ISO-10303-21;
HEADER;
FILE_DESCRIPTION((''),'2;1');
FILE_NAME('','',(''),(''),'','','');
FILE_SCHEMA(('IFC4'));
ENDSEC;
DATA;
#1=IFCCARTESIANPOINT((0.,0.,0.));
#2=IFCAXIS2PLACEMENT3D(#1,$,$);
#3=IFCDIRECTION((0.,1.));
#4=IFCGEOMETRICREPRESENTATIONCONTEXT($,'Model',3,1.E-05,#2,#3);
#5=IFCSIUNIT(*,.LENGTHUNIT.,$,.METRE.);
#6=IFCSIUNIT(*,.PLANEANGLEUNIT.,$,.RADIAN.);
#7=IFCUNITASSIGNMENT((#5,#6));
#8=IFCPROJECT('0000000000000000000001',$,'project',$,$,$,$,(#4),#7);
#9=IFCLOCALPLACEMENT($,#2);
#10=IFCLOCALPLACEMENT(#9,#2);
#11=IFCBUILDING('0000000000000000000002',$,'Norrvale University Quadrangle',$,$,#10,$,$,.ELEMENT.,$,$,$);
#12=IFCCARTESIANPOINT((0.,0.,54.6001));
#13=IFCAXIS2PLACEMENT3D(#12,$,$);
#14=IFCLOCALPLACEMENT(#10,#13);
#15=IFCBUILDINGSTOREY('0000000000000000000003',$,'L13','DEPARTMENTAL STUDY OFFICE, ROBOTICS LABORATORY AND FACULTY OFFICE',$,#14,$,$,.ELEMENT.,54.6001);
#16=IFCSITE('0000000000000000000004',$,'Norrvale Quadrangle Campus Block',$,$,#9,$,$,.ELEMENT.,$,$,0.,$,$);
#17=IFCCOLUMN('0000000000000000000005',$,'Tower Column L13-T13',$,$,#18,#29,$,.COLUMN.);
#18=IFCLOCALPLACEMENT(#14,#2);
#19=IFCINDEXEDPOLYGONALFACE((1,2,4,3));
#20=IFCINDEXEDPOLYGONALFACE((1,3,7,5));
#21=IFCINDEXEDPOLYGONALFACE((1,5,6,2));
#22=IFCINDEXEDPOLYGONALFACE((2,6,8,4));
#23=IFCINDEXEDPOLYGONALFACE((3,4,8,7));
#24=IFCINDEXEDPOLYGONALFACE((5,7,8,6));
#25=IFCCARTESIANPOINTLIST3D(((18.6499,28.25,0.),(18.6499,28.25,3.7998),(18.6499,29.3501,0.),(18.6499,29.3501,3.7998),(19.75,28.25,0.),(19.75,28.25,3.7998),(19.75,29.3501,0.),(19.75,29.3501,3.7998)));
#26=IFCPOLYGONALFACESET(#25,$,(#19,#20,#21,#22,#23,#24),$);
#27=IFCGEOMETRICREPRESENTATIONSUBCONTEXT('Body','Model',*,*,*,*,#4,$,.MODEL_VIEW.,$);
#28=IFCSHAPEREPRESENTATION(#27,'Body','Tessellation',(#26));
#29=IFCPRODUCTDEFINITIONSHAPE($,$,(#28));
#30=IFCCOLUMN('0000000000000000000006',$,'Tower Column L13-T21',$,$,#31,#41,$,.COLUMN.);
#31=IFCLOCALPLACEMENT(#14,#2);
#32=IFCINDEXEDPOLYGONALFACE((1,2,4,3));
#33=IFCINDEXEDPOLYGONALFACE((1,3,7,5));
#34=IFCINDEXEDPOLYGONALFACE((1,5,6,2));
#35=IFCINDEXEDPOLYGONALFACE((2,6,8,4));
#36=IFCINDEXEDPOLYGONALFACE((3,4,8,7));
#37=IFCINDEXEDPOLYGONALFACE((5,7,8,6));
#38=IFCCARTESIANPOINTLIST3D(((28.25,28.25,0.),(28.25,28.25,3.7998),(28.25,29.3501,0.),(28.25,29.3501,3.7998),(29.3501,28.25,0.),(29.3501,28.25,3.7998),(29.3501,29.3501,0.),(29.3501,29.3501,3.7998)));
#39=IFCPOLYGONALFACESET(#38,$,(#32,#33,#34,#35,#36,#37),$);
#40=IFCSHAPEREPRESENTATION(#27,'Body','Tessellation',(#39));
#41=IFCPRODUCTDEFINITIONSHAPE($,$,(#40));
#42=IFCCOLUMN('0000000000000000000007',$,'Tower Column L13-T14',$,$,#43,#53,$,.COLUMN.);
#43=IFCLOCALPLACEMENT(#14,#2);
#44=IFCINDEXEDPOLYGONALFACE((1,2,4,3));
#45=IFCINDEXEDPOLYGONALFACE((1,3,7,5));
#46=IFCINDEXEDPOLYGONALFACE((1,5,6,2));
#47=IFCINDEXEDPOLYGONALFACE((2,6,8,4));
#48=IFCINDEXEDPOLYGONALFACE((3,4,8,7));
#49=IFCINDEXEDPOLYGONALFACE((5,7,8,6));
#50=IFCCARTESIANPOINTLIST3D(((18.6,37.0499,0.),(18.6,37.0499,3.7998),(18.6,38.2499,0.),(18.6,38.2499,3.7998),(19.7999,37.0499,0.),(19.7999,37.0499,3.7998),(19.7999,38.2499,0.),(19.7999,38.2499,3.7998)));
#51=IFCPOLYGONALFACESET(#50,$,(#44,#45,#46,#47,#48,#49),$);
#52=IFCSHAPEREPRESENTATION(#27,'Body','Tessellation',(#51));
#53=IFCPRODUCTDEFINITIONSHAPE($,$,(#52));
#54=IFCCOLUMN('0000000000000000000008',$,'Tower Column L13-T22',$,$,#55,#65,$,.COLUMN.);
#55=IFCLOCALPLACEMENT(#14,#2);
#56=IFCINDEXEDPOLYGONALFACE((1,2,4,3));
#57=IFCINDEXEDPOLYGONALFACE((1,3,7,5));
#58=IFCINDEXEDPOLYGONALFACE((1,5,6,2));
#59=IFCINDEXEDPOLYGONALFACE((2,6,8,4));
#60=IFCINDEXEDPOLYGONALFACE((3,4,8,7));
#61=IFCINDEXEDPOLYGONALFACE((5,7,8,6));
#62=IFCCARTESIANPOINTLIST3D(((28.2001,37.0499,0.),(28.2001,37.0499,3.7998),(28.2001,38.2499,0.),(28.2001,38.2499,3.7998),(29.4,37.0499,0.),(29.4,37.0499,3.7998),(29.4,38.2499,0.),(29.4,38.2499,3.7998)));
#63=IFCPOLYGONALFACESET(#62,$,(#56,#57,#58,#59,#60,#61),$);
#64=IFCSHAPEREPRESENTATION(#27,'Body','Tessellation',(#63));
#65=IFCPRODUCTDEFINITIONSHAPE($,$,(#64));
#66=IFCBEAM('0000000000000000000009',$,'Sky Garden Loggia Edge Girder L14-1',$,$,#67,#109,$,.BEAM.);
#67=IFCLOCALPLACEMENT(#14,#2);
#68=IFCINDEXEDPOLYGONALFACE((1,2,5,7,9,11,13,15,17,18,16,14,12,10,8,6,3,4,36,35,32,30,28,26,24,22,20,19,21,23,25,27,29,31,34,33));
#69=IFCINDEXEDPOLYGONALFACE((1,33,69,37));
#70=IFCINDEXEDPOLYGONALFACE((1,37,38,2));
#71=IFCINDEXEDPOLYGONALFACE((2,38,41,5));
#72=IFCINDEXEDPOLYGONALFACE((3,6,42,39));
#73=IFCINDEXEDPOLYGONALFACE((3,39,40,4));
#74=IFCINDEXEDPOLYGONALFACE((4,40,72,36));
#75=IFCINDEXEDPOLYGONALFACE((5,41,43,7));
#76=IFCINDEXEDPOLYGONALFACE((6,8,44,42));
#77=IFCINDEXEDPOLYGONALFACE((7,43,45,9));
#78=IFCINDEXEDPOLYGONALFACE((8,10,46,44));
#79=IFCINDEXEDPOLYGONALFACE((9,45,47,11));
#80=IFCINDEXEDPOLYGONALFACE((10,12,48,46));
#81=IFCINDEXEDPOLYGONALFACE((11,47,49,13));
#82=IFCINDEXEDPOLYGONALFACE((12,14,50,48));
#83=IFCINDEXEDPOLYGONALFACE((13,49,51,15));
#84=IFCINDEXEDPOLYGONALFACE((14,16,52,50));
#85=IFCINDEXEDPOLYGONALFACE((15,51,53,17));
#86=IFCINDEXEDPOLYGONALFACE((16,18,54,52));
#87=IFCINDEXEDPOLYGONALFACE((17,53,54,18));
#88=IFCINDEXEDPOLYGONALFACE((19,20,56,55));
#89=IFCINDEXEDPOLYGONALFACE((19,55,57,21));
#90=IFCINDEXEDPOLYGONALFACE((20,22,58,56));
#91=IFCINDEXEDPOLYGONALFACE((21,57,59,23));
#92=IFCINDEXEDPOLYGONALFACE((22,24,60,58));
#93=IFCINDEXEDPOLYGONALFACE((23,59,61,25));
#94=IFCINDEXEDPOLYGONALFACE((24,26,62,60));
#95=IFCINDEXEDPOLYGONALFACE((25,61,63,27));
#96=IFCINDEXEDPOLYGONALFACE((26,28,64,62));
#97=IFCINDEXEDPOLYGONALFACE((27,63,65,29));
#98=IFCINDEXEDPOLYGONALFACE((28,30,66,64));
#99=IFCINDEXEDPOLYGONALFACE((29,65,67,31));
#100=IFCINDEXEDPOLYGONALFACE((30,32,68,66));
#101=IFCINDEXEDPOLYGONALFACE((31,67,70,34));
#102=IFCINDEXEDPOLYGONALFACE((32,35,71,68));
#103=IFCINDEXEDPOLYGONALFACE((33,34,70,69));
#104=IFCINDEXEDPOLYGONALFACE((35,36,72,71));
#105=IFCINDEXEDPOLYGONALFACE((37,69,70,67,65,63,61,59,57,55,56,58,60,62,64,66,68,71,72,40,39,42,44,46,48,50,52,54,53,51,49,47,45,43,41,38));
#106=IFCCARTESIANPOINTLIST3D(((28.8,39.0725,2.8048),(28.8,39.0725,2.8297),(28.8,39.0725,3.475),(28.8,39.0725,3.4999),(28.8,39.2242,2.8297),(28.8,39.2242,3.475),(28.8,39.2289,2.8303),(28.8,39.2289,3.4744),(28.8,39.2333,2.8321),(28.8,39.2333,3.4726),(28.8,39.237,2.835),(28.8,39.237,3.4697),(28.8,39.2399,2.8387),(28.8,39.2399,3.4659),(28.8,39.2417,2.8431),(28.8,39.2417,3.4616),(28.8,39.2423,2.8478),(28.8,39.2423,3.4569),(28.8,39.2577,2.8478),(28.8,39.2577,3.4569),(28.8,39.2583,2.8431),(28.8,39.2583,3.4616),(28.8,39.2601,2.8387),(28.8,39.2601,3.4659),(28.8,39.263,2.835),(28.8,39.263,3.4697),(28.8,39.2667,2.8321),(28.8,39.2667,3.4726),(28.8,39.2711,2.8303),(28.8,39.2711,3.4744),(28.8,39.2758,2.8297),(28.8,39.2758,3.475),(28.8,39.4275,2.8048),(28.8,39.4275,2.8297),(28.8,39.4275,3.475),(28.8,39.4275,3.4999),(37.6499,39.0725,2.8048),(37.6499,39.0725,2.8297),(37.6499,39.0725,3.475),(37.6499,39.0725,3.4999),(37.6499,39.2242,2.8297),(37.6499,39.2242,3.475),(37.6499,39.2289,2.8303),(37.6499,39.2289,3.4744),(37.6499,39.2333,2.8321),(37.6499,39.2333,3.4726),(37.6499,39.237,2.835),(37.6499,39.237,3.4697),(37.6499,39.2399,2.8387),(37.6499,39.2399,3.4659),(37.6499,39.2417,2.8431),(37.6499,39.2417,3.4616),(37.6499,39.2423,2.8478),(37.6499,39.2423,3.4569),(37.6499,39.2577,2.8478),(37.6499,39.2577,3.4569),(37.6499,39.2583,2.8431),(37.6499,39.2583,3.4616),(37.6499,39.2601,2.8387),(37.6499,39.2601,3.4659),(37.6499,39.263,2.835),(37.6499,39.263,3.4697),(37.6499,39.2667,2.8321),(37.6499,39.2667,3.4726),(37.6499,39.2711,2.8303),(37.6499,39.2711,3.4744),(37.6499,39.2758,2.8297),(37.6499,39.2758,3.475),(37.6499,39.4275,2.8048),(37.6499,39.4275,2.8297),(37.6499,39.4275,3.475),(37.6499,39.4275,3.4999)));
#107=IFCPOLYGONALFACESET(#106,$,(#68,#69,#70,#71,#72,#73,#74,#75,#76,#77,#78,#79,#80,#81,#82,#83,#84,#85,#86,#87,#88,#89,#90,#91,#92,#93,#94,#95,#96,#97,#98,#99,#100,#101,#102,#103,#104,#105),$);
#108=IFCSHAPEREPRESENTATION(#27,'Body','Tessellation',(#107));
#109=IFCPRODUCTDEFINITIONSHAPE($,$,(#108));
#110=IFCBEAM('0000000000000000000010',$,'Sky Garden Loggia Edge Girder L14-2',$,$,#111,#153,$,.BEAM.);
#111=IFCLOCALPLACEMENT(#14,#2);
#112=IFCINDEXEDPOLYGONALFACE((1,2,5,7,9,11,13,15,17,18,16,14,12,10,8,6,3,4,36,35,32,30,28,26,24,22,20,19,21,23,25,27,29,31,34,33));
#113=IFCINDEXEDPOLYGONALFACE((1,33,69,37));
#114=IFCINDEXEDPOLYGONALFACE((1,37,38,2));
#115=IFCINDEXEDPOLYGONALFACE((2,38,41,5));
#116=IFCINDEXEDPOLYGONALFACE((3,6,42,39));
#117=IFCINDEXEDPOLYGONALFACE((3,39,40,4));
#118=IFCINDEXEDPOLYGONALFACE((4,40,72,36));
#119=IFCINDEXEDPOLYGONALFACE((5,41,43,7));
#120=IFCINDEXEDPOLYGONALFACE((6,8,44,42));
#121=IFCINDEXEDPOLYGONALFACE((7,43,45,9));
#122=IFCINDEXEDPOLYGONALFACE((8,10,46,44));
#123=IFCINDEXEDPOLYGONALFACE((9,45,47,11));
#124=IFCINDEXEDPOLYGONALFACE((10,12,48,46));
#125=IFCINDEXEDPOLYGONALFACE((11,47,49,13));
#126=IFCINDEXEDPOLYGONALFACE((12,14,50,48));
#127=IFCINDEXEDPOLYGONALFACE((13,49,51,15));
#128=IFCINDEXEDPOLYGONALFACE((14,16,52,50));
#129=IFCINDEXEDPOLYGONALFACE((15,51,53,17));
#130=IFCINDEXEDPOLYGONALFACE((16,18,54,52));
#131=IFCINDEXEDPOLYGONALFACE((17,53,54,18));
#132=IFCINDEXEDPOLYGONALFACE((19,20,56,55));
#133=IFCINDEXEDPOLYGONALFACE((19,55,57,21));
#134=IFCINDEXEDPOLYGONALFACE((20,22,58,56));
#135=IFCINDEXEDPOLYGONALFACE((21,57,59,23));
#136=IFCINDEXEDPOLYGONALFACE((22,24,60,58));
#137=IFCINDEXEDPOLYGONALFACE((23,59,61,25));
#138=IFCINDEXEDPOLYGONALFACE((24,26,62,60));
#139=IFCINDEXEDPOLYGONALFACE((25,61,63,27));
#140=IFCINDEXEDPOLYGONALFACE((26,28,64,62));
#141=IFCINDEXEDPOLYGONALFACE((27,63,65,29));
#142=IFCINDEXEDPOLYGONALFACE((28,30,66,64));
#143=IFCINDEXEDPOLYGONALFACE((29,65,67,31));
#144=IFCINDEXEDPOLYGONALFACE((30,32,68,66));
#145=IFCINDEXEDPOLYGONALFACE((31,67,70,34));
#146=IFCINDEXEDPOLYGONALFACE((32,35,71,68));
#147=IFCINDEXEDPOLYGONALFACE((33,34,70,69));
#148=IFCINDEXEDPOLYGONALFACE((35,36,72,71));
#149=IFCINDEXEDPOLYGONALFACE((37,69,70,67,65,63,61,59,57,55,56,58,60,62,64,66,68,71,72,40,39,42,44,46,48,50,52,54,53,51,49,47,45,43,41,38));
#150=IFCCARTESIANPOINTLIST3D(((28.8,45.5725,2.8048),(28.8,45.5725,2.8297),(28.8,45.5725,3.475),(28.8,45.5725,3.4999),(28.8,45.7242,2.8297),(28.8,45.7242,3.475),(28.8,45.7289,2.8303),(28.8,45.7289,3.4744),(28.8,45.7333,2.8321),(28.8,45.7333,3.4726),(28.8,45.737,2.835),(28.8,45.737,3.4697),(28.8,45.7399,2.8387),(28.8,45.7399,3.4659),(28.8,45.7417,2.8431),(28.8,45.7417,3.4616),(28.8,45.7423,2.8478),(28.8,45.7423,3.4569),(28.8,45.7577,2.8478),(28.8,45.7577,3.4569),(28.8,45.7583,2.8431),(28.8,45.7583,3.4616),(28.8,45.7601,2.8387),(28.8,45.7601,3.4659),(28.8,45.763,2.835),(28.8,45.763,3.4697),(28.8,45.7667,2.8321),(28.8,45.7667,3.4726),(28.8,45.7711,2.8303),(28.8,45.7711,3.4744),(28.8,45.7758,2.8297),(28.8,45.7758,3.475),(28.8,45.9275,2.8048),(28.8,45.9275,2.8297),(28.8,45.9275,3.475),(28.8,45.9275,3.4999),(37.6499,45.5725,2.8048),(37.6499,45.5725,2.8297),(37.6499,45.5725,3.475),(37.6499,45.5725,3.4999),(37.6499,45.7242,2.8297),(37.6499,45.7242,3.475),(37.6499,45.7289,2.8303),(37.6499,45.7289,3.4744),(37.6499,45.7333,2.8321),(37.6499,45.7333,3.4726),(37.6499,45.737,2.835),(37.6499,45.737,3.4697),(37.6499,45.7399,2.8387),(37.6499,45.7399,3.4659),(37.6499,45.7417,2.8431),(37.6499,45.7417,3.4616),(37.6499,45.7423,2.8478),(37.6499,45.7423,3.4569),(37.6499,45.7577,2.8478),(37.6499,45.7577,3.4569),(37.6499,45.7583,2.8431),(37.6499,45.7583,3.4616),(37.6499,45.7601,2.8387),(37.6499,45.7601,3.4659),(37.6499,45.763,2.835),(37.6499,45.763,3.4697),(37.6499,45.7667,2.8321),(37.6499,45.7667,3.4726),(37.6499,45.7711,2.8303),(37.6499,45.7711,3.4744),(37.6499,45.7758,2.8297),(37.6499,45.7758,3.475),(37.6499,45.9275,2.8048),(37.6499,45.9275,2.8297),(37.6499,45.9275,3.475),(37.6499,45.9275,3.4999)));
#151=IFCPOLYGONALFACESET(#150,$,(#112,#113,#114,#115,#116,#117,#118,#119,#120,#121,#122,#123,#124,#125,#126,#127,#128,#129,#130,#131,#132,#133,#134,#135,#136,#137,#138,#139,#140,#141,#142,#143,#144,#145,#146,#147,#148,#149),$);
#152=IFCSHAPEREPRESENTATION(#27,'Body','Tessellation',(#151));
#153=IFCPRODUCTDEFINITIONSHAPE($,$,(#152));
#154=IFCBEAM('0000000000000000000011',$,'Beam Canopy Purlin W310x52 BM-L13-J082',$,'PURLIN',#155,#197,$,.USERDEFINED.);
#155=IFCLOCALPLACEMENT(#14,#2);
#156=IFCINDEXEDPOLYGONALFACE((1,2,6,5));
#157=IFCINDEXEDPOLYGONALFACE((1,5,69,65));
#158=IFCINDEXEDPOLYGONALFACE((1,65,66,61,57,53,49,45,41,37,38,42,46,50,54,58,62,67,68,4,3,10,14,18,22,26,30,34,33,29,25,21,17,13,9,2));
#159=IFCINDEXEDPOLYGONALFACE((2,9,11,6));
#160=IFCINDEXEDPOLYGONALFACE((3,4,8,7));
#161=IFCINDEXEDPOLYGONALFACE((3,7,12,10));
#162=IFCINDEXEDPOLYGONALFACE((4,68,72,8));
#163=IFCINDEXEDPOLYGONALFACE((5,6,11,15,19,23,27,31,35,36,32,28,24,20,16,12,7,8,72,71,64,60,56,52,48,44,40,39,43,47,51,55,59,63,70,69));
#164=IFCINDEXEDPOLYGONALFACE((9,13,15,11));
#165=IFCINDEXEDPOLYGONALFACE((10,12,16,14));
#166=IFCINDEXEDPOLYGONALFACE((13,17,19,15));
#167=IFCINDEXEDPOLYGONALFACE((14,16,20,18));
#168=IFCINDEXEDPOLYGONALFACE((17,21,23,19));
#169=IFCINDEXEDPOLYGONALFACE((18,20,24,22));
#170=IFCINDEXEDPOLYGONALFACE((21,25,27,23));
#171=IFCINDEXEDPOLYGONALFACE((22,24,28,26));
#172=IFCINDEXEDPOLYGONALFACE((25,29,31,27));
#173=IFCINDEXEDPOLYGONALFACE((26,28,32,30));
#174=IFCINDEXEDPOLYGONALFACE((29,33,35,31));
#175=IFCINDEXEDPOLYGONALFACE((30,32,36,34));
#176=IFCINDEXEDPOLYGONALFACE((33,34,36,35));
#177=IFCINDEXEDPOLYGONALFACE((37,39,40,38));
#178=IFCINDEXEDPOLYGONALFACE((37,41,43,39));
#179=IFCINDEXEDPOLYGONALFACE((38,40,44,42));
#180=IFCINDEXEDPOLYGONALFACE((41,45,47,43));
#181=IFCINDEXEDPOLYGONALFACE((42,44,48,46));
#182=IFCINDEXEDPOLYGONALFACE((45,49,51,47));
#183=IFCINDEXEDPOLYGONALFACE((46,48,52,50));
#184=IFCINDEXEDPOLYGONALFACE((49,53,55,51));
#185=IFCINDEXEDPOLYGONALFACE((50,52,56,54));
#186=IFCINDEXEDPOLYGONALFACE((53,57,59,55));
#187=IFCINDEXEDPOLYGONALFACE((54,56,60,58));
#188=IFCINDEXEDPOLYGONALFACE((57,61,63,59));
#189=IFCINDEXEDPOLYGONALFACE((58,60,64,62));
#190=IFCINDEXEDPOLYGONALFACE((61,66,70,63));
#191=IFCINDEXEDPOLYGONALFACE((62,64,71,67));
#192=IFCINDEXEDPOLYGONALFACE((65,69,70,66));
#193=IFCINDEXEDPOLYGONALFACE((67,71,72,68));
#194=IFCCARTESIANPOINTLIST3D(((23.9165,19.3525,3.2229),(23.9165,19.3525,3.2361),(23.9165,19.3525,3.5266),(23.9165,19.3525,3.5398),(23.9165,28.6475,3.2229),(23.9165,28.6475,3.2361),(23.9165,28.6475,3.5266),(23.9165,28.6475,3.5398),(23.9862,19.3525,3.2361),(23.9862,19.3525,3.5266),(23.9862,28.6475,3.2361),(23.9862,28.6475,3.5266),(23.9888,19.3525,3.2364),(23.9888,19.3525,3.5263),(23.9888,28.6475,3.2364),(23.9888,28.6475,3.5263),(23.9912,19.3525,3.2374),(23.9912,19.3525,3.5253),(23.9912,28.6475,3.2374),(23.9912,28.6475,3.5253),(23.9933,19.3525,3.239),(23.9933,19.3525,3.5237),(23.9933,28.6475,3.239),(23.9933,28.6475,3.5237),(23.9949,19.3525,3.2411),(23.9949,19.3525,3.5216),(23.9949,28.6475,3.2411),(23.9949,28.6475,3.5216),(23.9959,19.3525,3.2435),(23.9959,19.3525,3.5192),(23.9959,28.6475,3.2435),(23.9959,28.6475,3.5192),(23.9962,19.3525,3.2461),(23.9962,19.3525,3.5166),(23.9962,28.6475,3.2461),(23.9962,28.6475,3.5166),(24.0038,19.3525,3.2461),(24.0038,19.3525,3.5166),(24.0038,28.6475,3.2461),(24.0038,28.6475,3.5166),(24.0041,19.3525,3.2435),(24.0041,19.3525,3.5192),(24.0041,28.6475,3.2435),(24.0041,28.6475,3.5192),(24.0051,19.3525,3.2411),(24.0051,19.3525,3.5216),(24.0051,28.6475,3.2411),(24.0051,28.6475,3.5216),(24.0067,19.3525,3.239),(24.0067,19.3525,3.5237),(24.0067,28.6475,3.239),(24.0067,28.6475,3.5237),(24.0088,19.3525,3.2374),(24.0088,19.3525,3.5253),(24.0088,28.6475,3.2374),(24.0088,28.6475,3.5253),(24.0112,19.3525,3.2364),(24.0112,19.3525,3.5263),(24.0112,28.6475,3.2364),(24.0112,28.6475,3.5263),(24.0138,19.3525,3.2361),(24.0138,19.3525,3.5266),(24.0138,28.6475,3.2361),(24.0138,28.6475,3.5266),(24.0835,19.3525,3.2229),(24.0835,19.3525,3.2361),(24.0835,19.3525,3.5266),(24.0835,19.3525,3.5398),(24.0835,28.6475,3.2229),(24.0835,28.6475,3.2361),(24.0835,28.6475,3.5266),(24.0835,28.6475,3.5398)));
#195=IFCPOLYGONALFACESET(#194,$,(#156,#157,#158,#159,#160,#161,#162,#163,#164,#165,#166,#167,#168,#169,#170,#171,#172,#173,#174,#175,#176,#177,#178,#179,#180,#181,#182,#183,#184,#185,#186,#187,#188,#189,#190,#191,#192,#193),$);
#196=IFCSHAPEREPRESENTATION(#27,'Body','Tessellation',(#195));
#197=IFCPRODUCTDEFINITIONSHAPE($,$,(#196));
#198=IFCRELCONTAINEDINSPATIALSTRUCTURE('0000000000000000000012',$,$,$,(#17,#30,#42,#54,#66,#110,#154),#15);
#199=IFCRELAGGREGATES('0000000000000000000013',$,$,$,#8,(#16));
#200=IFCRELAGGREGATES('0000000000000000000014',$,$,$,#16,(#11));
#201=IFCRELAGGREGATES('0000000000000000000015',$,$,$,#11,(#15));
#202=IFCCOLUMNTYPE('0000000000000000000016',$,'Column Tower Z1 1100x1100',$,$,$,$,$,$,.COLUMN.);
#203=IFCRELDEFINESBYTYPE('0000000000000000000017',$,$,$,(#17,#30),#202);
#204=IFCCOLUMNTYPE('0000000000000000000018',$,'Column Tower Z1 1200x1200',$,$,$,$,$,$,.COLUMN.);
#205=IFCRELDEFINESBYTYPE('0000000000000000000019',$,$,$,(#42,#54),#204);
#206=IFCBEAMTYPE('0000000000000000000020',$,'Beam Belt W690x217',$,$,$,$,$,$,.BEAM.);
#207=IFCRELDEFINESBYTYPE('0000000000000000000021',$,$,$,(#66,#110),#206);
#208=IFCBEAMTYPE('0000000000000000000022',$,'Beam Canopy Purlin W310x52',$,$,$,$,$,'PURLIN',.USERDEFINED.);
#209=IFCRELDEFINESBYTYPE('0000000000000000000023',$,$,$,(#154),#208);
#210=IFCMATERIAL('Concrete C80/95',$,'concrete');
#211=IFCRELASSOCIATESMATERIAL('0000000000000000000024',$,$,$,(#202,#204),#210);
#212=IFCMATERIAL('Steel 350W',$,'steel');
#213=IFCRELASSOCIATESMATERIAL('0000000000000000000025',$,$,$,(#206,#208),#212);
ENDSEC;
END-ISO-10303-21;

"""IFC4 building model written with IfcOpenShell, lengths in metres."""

from ifc_helpers import new_model, si_unit, direction, frame, origin, origin_2d, place, context, subcontext, project, spatial, rectangle, i_section, extrude, material, material_profile, profile_set, type_object, element, save


model = new_model("IFC4")

# Units and contexts
model_context = context("Model", 3, precision=1e-05, world=origin(), true_north=direction((0.0, 1.0)))
body_context = subcontext(model_context, "Body", "Model", "MODEL_VIEW")
ifc_project = project(units=[si_unit("LENGTHUNIT", "METRE"), si_unit("PLANEANGLEUNIT", "RADIAN")], contexts=[model_context])

# Site, building, storey
site_placement = place(None, origin())
site = spatial("IfcSite", under=ifc_project, at=site_placement, Name="Norrvale Quadrangle Campus Block", CompositionType="ELEMENT", RefElevation=0.0)
building_placement = place(site_placement, origin())
building = spatial("IfcBuilding", under=site, at=building_placement, Name="Norrvale University Quadrangle", CompositionType="ELEMENT")
storey_placement = place(building_placement, frame((0.0, 0.0, 54.6001)))
storey = spatial("IfcBuildingStorey", under=building, at=storey_placement, Name="L13", Description="DEPARTMENTAL STUDY OFFICE, ROBOTICS LABORATORY AND FACULTY OFFICE", CompositionType="ELEMENT", Elevation=54.6001)

# Columns
ifc_material_1 = material(Name="Concrete C80/95", Category="concrete")
ifc_material_profile_1 = material_profile(ifc_material_1, rectangle(XDim=1.1001, YDim=1.1001, at=origin_2d()), Name="Concrete C80/95")
ifc_profile_set_1 = profile_set([ifc_material_profile_1], Name="Concrete C80/95")
column_type_1 = type_object("IfcColumnType", Name="Column Tower Z1 1100x1100", PredefinedType="COLUMN", material=ifc_profile_set_1)
for number, where, z_axis, x_axis, name in (
    (1, (19.2, 28.8, 0.0), (0.0, 0.0, 1.0), (1.0, 0.0, 0.0), "Tower Column L13-T13"),
    (2, (28.8, 28.8, 0.0), (0.0, 0.0, 1.0), (1.0, 0.0, 0.0), "Tower Column L13-T21"),
):
    element("IfcColumn", number, at=place(storey_placement, frame(where, z_axis=z_axis, x_axis=x_axis)), inside=storey, type_object=column_type_1, Name=name, PredefinedType="COLUMN", context=body_context, shape_type="SweptSolid", body=[
        extrude(rectangle(XDim=1.1001, YDim=1.1001, at=origin_2d()), origin(), (0.0, 0.0, 1.0), 3.7998),
    ])
ifc_material_profile_2 = material_profile(ifc_material_1, rectangle(XDim=1.2, YDim=1.2, at=origin_2d()), Name="Concrete C80/95")
ifc_profile_set_2 = profile_set([ifc_material_profile_2], Name="Concrete C80/95")
column_type_2 = type_object("IfcColumnType", Name="Column Tower Z1 1200x1200", PredefinedType="COLUMN", material=ifc_profile_set_2)
for number, where, z_axis, x_axis, name in (
    (3, (19.2, 37.6499, 0.0), (0.0, 0.0, 1.0), (1.0, 0.0, 0.0), "Tower Column L13-T14"),
    (4, (28.8, 37.6499, 0.0), (0.0, 0.0, 1.0), (1.0, 0.0, 0.0), "Tower Column L13-T22"),
):
    element("IfcColumn", number, at=place(storey_placement, frame(where, z_axis=z_axis, x_axis=x_axis)), inside=storey, type_object=column_type_2, Name=name, PredefinedType="COLUMN", context=body_context, shape_type="SweptSolid", body=[
        extrude(rectangle(XDim=1.2, YDim=1.2, at=origin_2d()), origin(), (0.0, 0.0, 1.0), 3.7998),
    ])

# Beams
ifc_material_2 = material(Name="Steel 350W", Category="steel")
ifc_material_profile_3 = material_profile(ifc_material_2, i_section(OverallWidth=0.355, OverallDepth=0.6951, WebThickness=0.0154, FlangeThickness=0.0249, FilletRadius=0.0181, at=origin_2d()), Name="Steel 350W")
ifc_profile_set_3 = profile_set([ifc_material_profile_3], Name="Steel 350W")
beam_type_1 = type_object("IfcBeamType", Name="Beam Belt W690x217", PredefinedType="BEAM", material=ifc_profile_set_3)
for number, where, z_axis, x_axis, name in (
    (5, (28.8, 39.25, 3.1523), (1.0, 0.0, 0.0), (0.0, 1.0, 0.0), "Sky Garden Loggia Edge Girder L14-1"),
    (6, (28.8, 45.75, 3.1523), (1.0, 0.0, 0.0), (0.0, 1.0, 0.0), "Sky Garden Loggia Edge Girder L14-2"),
):
    element("IfcBeam", number, at=place(storey_placement, frame(where, z_axis=z_axis, x_axis=x_axis)), inside=storey, type_object=beam_type_1, Name=name, PredefinedType="BEAM", context=body_context, shape_type="SweptSolid", body=[
        extrude(i_section(OverallWidth=0.355, OverallDepth=0.6951, WebThickness=0.0154, FlangeThickness=0.0249, FilletRadius=0.0181, at=origin_2d()), origin(), (0.0, 0.0, 1.0), 8.8499),
    ])
ifc_material_profile_4 = material_profile(ifc_material_2, i_section(OverallWidth=0.167, OverallDepth=0.3169, WebThickness=0.0076, FlangeThickness=0.0132, FilletRadius=0.01, at=origin_2d()), Name="Steel 350W")
ifc_profile_set_4 = profile_set([ifc_material_profile_4], Name="Steel 350W")
beam_type_2 = type_object("IfcBeamType", Name="Beam Canopy Purlin W310x52", ElementType="PURLIN", PredefinedType="USERDEFINED", material=ifc_profile_set_4)
beam_1_placement = place(storey_placement, frame((24.0, 19.3525, 3.3813), z_axis=(0.0, 1.0, 0.0), x_axis=(-1.0, 0.0, 0.0)))
element("IfcBeam", 7, at=beam_1_placement, inside=storey, type_object=beam_type_2, Name="Beam Canopy Purlin W310x52 BM-L13-J082", ObjectType="PURLIN", PredefinedType="USERDEFINED", context=body_context, shape_type="SweptSolid", body=[
    extrude(i_section(OverallWidth=0.167, OverallDepth=0.3169, WebThickness=0.0076, FlangeThickness=0.0132, FilletRadius=0.01, at=origin_2d()), origin(), (0.0, 0.0, 1.0), 9.2949),
])

save(model, "model.ifc")
